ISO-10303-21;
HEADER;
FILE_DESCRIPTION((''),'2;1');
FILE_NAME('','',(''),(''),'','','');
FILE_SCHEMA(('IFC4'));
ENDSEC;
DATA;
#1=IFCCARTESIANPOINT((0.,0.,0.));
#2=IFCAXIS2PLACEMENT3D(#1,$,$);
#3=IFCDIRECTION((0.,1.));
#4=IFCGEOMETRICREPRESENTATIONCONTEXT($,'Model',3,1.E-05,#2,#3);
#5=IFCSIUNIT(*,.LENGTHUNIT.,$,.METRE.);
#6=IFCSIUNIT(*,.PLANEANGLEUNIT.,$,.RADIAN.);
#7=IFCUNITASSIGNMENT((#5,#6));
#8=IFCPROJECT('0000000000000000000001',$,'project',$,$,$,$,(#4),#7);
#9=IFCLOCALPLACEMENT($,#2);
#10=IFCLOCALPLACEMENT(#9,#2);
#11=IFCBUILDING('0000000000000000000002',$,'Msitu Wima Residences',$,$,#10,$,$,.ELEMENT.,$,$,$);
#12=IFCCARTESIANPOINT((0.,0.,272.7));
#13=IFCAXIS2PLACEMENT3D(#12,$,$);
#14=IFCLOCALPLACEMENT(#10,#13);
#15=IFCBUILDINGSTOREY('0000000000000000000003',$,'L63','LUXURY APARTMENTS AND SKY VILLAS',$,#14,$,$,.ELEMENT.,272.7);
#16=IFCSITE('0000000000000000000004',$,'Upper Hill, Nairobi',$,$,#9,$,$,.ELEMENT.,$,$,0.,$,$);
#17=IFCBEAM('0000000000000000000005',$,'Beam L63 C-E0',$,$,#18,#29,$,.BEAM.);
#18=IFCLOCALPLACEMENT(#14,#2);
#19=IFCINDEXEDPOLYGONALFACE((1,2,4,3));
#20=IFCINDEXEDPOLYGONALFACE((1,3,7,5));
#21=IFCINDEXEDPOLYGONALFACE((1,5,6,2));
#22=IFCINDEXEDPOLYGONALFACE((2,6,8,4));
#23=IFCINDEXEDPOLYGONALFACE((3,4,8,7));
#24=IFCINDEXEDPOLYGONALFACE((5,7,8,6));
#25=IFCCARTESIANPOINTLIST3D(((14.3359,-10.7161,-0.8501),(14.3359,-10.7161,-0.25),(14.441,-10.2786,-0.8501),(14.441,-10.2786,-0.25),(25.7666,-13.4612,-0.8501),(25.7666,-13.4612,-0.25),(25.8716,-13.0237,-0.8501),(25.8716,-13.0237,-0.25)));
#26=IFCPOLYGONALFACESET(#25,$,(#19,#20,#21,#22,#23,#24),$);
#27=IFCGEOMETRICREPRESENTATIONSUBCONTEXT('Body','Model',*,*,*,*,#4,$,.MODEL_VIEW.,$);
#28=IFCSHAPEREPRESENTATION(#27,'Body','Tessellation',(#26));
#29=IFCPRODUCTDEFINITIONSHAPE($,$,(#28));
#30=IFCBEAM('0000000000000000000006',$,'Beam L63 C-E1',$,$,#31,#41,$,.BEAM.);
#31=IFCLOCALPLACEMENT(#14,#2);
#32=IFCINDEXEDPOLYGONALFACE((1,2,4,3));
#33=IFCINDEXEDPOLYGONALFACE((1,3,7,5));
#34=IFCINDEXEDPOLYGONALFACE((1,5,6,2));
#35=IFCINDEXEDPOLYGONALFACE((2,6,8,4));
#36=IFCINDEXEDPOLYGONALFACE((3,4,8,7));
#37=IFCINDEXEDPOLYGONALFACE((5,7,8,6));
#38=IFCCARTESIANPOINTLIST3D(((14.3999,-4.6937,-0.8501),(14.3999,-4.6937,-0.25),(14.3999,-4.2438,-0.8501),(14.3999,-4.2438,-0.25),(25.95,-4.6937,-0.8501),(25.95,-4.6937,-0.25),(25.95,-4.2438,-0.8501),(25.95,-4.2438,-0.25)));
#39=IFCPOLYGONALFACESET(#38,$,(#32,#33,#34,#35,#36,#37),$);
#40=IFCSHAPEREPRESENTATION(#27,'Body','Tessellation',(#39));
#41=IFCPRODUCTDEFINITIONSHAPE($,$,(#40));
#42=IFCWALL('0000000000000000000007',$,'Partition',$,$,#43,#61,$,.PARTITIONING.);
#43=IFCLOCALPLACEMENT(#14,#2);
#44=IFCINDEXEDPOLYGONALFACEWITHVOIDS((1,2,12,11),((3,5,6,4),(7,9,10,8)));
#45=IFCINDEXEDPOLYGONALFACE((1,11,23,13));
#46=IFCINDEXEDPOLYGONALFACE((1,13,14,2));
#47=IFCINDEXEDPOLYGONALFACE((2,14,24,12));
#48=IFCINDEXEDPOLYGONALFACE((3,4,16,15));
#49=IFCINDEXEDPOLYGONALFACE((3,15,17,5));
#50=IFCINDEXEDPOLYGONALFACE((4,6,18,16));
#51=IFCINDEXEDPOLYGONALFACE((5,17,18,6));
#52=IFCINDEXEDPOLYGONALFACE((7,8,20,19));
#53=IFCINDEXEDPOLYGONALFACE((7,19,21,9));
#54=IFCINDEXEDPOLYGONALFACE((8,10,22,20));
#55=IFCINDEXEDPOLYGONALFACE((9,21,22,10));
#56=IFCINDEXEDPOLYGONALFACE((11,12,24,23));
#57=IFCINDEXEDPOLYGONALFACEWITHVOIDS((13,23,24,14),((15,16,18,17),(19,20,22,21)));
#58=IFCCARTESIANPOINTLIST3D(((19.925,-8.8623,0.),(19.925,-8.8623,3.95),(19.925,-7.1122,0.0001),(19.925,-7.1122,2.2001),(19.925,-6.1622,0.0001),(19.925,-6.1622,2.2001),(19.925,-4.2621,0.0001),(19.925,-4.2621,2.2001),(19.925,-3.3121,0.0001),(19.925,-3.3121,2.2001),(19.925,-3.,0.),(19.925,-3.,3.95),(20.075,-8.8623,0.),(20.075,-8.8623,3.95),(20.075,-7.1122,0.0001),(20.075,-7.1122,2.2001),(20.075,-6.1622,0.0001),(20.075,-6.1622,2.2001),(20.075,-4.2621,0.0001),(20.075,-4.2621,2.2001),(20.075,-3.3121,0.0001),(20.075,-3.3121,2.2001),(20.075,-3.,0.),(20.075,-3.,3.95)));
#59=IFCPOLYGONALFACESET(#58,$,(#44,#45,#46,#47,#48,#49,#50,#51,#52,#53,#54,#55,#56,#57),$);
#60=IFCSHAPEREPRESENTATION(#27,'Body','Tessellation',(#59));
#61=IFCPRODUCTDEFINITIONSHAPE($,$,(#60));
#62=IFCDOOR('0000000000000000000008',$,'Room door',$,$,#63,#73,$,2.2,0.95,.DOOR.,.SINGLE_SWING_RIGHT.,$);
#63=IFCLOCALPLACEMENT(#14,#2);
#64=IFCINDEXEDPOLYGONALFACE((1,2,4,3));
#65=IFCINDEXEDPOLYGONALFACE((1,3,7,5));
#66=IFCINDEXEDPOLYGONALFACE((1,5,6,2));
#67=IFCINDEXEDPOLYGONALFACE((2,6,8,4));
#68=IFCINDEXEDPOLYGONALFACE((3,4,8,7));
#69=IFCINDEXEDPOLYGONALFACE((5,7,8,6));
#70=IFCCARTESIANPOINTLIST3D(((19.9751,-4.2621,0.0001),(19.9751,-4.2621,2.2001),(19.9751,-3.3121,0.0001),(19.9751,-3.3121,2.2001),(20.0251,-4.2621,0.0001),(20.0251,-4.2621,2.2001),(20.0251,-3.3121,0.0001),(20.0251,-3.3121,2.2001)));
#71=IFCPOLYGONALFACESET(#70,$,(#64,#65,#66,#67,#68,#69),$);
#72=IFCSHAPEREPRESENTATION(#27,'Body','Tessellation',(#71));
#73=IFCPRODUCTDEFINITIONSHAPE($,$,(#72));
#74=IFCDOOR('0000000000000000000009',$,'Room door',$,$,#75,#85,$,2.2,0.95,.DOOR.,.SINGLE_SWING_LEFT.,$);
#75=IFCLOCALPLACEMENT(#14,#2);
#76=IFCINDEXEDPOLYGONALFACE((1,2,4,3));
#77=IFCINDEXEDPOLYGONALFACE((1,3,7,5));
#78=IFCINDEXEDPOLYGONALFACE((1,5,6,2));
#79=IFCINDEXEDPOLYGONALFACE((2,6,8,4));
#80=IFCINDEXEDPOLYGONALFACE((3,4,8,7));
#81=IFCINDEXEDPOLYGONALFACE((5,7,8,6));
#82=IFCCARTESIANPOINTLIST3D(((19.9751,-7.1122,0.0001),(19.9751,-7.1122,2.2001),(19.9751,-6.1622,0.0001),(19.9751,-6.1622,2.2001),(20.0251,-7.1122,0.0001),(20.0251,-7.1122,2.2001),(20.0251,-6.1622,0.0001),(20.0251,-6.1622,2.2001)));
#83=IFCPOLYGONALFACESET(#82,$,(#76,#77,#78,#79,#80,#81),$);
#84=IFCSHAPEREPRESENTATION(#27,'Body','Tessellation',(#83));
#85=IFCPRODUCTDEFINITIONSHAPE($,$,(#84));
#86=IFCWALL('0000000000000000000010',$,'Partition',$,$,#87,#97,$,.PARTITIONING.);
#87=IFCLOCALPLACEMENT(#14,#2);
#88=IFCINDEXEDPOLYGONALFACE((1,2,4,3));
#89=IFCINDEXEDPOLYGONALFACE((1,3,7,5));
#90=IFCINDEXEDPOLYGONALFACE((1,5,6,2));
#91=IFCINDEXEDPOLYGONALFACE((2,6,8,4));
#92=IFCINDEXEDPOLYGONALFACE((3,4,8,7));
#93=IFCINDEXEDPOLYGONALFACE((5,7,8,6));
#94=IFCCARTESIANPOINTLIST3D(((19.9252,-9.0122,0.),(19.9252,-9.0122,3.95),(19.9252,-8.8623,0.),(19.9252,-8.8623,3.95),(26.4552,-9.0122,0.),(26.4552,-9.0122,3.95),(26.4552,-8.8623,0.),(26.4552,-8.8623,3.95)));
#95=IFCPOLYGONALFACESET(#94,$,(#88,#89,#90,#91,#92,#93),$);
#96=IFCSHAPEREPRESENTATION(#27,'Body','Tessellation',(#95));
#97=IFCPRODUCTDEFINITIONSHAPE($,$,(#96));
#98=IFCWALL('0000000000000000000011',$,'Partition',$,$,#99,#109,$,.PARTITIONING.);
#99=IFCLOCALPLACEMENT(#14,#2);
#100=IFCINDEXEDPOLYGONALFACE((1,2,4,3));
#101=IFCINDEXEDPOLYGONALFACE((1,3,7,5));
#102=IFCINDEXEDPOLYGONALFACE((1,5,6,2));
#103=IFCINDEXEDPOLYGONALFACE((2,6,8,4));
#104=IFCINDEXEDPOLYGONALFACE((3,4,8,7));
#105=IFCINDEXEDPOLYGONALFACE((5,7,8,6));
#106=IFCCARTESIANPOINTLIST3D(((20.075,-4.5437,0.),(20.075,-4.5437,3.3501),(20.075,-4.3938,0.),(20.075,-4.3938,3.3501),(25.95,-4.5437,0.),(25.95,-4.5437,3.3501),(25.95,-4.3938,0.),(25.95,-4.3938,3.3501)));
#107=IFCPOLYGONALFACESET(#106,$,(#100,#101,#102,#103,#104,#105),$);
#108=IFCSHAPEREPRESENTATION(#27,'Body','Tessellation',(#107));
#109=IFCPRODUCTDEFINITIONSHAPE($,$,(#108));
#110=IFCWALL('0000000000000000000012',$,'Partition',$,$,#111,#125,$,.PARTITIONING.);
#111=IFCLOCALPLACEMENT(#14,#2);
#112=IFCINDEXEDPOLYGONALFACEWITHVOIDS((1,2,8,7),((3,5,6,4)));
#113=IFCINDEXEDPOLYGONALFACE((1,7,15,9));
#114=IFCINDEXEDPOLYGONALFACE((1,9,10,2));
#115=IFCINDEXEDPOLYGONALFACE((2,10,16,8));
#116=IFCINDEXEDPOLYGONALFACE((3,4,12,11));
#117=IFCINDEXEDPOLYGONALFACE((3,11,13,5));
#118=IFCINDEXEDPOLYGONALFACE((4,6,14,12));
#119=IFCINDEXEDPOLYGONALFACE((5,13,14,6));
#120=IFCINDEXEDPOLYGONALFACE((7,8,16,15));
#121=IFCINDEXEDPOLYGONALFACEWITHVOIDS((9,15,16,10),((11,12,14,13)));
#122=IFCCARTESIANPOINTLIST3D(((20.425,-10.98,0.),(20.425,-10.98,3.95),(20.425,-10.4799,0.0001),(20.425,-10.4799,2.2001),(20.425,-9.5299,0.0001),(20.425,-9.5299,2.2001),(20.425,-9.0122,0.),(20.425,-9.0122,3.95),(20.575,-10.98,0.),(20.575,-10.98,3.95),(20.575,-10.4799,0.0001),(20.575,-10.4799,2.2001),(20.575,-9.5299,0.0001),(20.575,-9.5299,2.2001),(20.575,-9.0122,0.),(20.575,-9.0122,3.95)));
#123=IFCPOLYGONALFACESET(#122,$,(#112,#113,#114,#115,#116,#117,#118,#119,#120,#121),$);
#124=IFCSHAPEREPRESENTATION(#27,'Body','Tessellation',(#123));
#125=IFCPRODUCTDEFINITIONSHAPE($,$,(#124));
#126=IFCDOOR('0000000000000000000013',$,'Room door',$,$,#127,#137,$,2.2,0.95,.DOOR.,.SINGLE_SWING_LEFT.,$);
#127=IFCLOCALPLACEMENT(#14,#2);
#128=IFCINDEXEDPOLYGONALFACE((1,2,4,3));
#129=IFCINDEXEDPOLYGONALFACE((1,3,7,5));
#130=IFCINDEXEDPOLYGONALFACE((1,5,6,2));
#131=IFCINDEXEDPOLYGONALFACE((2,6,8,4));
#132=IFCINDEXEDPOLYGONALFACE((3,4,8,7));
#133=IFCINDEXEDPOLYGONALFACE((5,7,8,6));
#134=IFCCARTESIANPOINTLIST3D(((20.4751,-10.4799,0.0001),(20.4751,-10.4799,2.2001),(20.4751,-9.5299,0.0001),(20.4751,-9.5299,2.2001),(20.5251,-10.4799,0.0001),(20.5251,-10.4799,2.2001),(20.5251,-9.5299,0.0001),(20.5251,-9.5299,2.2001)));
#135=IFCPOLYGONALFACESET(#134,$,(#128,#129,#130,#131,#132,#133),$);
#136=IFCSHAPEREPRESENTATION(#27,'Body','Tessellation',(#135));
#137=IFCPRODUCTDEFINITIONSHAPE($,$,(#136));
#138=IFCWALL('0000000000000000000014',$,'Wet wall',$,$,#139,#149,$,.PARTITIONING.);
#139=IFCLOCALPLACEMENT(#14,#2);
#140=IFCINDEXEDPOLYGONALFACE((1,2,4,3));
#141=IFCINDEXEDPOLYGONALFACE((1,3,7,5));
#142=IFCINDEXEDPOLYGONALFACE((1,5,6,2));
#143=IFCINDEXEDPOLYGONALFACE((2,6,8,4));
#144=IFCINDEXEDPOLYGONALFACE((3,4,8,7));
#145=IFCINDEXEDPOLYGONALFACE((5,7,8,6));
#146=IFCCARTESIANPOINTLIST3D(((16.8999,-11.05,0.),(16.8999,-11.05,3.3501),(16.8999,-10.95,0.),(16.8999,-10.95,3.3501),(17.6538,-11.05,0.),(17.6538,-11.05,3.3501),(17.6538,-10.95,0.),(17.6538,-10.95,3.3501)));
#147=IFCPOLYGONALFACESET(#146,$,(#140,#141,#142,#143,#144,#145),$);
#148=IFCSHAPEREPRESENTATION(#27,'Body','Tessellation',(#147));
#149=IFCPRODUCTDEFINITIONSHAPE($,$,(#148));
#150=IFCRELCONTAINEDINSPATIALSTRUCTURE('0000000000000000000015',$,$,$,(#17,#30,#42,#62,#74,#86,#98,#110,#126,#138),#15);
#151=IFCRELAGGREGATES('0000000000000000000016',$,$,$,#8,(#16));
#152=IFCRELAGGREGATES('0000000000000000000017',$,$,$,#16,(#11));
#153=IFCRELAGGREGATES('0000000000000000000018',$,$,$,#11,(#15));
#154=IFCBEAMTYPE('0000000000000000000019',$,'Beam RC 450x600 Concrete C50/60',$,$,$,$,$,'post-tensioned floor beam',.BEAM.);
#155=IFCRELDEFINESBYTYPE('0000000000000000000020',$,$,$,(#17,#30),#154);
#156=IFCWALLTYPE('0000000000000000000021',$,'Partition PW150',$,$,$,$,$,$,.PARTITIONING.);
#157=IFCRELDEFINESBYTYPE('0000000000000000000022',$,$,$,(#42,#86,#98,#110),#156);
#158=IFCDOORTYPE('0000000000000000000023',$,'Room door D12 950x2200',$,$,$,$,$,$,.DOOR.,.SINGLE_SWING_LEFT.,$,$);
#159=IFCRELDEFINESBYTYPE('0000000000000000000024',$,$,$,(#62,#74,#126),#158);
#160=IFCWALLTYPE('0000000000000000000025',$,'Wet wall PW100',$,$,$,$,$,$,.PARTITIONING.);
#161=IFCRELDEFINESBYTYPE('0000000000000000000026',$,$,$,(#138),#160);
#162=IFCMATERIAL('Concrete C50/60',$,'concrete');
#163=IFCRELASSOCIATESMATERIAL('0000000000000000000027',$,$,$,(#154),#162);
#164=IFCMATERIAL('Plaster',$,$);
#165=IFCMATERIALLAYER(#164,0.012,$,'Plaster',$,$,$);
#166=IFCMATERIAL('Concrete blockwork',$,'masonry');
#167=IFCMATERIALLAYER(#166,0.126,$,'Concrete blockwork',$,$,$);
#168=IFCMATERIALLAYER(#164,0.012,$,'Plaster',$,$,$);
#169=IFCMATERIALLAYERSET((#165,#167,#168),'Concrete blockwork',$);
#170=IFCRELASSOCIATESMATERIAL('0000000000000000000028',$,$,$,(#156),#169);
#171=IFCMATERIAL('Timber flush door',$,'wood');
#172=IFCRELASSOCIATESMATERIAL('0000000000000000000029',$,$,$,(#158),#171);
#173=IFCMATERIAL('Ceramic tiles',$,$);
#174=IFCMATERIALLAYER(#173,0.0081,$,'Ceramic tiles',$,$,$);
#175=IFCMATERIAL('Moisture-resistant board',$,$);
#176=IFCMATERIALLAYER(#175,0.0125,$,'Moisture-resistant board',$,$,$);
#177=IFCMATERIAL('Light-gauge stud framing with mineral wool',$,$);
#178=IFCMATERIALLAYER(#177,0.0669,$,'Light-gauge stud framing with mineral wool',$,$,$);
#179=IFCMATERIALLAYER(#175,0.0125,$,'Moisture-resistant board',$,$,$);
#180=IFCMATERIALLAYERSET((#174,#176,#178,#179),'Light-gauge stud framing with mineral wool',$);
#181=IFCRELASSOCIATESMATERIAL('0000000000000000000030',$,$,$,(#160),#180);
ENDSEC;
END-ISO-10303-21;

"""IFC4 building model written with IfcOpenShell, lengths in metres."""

from ifc_helpers import new_model, si_unit, direction, frame, frame_2d, origin, origin_2d, place, context, subcontext, project, spatial, rectangle, extrude, material, layer, layer_set, material_profile, profile_set, type_object, element, fill, save


model = new_model("IFC4")

# Units and contexts
model_context = context("Model", 3, precision=1e-05, world=origin(), true_north=direction((0.0, 1.0)))
body_context = subcontext(model_context, "Body", "Model", "MODEL_VIEW")
ifc_project = project(units=[si_unit("LENGTHUNIT", "METRE"), si_unit("PLANEANGLEUNIT", "RADIAN")], contexts=[model_context])

# Site, building, storey
site_placement = place(None, origin())
site = spatial("IfcSite", under=ifc_project, at=site_placement, Name="Upper Hill, Nairobi", CompositionType="ELEMENT", RefElevation=0.0)
building_placement = place(site_placement, origin())
building = spatial("IfcBuilding", under=site, at=building_placement, Name="Msitu Wima Residences", CompositionType="ELEMENT")
storey_placement = place(building_placement, frame((0.0, 0.0, 272.7)))
storey = spatial("IfcBuildingStorey", under=building, at=storey_placement, Name="L63", Description="LUXURY APARTMENTS AND SKY VILLAS", CompositionType="ELEMENT", Elevation=272.7)

# Beams
ifc_material_1 = material(Name="Concrete C50/60", Category="concrete")
ifc_material_profile = material_profile(ifc_material_1, rectangle(XDim=0.45, YDim=0.6001, at=origin_2d()), Name="RC 450x600")
ifc_profile_set = profile_set([ifc_material_profile], Name="Concrete C50/60")
beam_type = type_object("IfcBeamType", Name="Beam RC 450x600 Concrete C50/60", ElementType="post-tensioned floor beam", PredefinedType="BEAM", material=ifc_profile_set)
beam_1_placement = place(storey_placement, frame((25.8191, -13.2424, -0.55), z_axis=(-0.972353, 0.233514, 0.0), x_axis=(-0.233514, -0.972353, 0.0)))
element("IfcBeam", 1, at=beam_1_placement, inside=storey, type_object=beam_type, Name="Beam L63 C-E0", PredefinedType="BEAM", context=body_context, shape_type="SweptSolid", body=[
    extrude(rectangle(XDim=0.45, YDim=0.6001, at=origin_2d()), origin(), (0.0, 0.0, 1.0), 11.7556),
])
beam_2_placement = place(storey_placement, frame((25.95, -4.4688, -0.55), z_axis=(-1.0, 0.0, 0.0), x_axis=(0.0, -1.0, 0.0)))
element("IfcBeam", 2, at=beam_2_placement, inside=storey, type_object=beam_type, Name="Beam L63 C-E1", PredefinedType="BEAM", context=body_context, shape_type="SweptSolid", body=[
    extrude(rectangle(XDim=0.45, YDim=0.6001, at=origin_2d()), origin(), (0.0, 0.0, 1.0), 11.55),
])

# Wall, openings, doors
ifc_material_2 = material(Name="Plaster")
ifc_layer_1 = layer(ifc_material_2, 0.012, Name="Plaster")
ifc_material_3 = material(Name="Concrete blockwork", Category="masonry")
ifc_layer_2 = layer(ifc_material_3, 0.126, Name="Concrete blockwork")
ifc_layer_3 = layer(ifc_material_2, 0.012, Name="Plaster")
ifc_layer_set_1 = layer_set([ifc_layer_1, ifc_layer_2, ifc_layer_3], Name="Concrete blockwork")
wall_type_1 = type_object("IfcWallType", Name="Partition PW150", PredefinedType="PARTITIONING", material=ifc_layer_set_1)
wall_1_placement = place(storey_placement, frame((20.0, -8.8623, 0.0), z_axis=(0.0, 0.0, 1.0), x_axis=(0.0, 1.0, 0.0)))
wall_1 = element("IfcWall", 3, at=wall_1_placement, inside=storey, type_object=wall_type_1, Name="Partition", PredefinedType="PARTITIONING", context=body_context, shape_type="SweptSolid", body=[
    extrude(rectangle(XDim=5.8623, YDim=0.1499, at=frame_2d((2.9312, 0.0))), origin(), (0.0, 0.0, 1.0), 3.95),
])
opening_1_placement = place(wall_1_placement, frame((4.6001, 0.0, 0.0)))
opening_1 = element("IfcOpeningElement", 4, at=opening_1_placement, cuts=wall_1, PredefinedType="OPENING", context=body_context, shape_type="SweptSolid", body=[
    extrude(rectangle(XDim=0.95, YDim=2.2, at=frame_2d((0.4751, 1.1001))), frame((0.0, 0.085, 0.0), z_axis=(0.0, -1.0, 0.0), x_axis=(1.0, 0.0, 0.0)), (0.0, 0.0, 1.0), 0.1699),
])
opening_2_placement = place(wall_1_placement, frame((1.75, 0.0, 0.0)))
opening_2 = element("IfcOpeningElement", 5, at=opening_2_placement, cuts=wall_1, PredefinedType="OPENING", context=body_context, shape_type="SweptSolid", body=[
    extrude(rectangle(XDim=0.95, YDim=2.2, at=frame_2d((0.4751, 1.1001))), frame((0.0, 0.085, 0.0), z_axis=(0.0, -1.0, 0.0), x_axis=(1.0, 0.0, 0.0)), (0.0, 0.0, 1.0), 0.1699),
])
ifc_material_4 = material(Name="Timber flush door", Category="wood")
door_type_1 = type_object("IfcDoorType", Name="Room door D12 950x2200", OperationType="SINGLE_SWING_LEFT", PredefinedType="DOOR", material=ifc_material_4)
door_1_placement = place(opening_1_placement, origin())
door_1 = element("IfcDoor", 6, at=door_1_placement, inside=storey, type_object=door_type_1, Name="Room door", OperationType="SINGLE_SWING_RIGHT", OverallHeight=2.2, OverallWidth=0.95, PredefinedType="DOOR", context=body_context, shape_type="SweptSolid", body=[
    extrude(rectangle(XDim=0.95, YDim=2.2, at=frame_2d((0.4751, 1.1001))), frame((0.0, 0.0249, 0.0), z_axis=(0.0, -1.0, 0.0), x_axis=(1.0, 0.0, 0.0)), (0.0, 0.0, 1.0), 0.05),
])
fill(opening_1, door_1)
door_2_placement = place(opening_2_placement, origin())
door_2 = element("IfcDoor", 7, at=door_2_placement, inside=storey, type_object=door_type_1, Name="Room door", OperationType="SINGLE_SWING_LEFT", OverallHeight=2.2, OverallWidth=0.95, PredefinedType="DOOR", context=body_context, shape_type="SweptSolid", body=[
    extrude(rectangle(XDim=0.95, YDim=2.2, at=frame_2d((0.4751, 1.1001))), frame((0.0, 0.0249, 0.0), z_axis=(0.0, -1.0, 0.0), x_axis=(1.0, 0.0, 0.0)), (0.0, 0.0, 1.0), 0.05),
])
fill(opening_2, door_2)

# Walls
wall_2_placement = place(storey_placement, frame((19.925, -8.9373, 0.0), z_axis=(0.0, 0.0, 1.0), x_axis=(1.0, 0.0, 0.0)))
element("IfcWall", 8, at=wall_2_placement, inside=storey, type_object=wall_type_1, Name="Partition", PredefinedType="PARTITIONING", context=body_context, shape_type="SweptSolid", body=[
    extrude(rectangle(XDim=6.53, YDim=0.1499, at=frame_2d((3.2651, 0.0))), origin(), (0.0, 0.0, 1.0), 3.95),
])
wall_3_placement = place(storey_placement, frame((20.075, -4.4688, 0.0), z_axis=(0.0, 0.0, 1.0), x_axis=(1.0, 0.0, 0.0)))
element("IfcWall", 9, at=wall_3_placement, inside=storey, type_object=wall_type_1, Name="Partition", PredefinedType="PARTITIONING", context=body_context, shape_type="SweptSolid", body=[
    extrude(rectangle(XDim=5.875, YDim=0.1499, at=frame_2d((2.9375, 0.0))), origin(), (0.0, 0.0, 1.0), 3.3501),
])

# Wall, opening, door
wall_4_placement = place(storey_placement, frame((20.5, -10.98, 0.0), z_axis=(0.0, 0.0, 1.0), x_axis=(0.0, 1.0, 0.0)))
wall_4 = element("IfcWall", 10, at=wall_4_placement, inside=storey, type_object=wall_type_1, Name="Partition", PredefinedType="PARTITIONING", context=body_context, shape_type="SweptSolid", body=[
    extrude(rectangle(XDim=1.9678, YDim=0.1499, at=frame_2d((0.9839, 0.0))), origin(), (0.0, 0.0, 1.0), 3.95),
])
opening_3_placement = place(wall_4_placement, frame((0.5, 0.0, 0.0)))
opening_3 = element("IfcOpeningElement", 11, at=opening_3_placement, cuts=wall_4, PredefinedType="OPENING", context=body_context, shape_type="SweptSolid", body=[
    extrude(rectangle(XDim=0.95, YDim=2.2, at=frame_2d((0.4751, 1.1001))), frame((0.0, 0.085, 0.0), z_axis=(0.0, -1.0, 0.0), x_axis=(1.0, 0.0, 0.0)), (0.0, 0.0, 1.0), 0.1699),
])
door_3_placement = place(opening_3_placement, origin())
door_3 = element("IfcDoor", 12, at=door_3_placement, inside=storey, type_object=door_type_1, Name="Room door", OperationType="SINGLE_SWING_LEFT", OverallHeight=2.2, OverallWidth=0.95, PredefinedType="DOOR", context=body_context, shape_type="SweptSolid", body=[
    extrude(rectangle(XDim=0.95, YDim=2.2, at=frame_2d((0.4751, 1.1001))), frame((0.0, 0.0249, 0.0), z_axis=(0.0, -1.0, 0.0), x_axis=(1.0, 0.0, 0.0)), (0.0, 0.0, 1.0), 0.05),
])
fill(opening_3, door_3)

# Wall
ifc_material_5 = material(Name="Ceramic tiles")
ifc_layer_4 = layer(ifc_material_5, 0.0081, Name="Ceramic tiles")
ifc_material_6 = material(Name="Moisture-resistant board")
ifc_layer_5 = layer(ifc_material_6, 0.0125, Name="Moisture-resistant board")
ifc_material_7 = material(Name="Light-gauge stud framing with mineral wool")
ifc_layer_6 = layer(ifc_material_7, 0.0669, Name="Light-gauge stud framing with mineral wool")
ifc_layer_7 = layer(ifc_material_6, 0.0125, Name="Moisture-resistant board")
ifc_layer_set_2 = layer_set([ifc_layer_4, ifc_layer_5, ifc_layer_6, ifc_layer_7], Name="Light-gauge stud framing with mineral wool")
wall_type_2 = type_object("IfcWallType", Name="Wet wall PW100", PredefinedType="PARTITIONING", material=ifc_layer_set_2)
wall_5_placement = place(storey_placement, frame((16.8999, -11.0, 0.0), z_axis=(0.0, 0.0, 1.0), x_axis=(1.0, 0.0, 0.0)))
element("IfcWall", 13, at=wall_5_placement, inside=storey, type_object=wall_type_2, Name="Wet wall", PredefinedType="PARTITIONING", context=body_context, shape_type="SweptSolid", body=[
    extrude(rectangle(XDim=0.7539, YDim=0.1001, at=frame_2d((0.377, 0.0))), origin(), (0.0, 0.0, 1.0), 3.3501),
])

save(model, "model.ifc")
